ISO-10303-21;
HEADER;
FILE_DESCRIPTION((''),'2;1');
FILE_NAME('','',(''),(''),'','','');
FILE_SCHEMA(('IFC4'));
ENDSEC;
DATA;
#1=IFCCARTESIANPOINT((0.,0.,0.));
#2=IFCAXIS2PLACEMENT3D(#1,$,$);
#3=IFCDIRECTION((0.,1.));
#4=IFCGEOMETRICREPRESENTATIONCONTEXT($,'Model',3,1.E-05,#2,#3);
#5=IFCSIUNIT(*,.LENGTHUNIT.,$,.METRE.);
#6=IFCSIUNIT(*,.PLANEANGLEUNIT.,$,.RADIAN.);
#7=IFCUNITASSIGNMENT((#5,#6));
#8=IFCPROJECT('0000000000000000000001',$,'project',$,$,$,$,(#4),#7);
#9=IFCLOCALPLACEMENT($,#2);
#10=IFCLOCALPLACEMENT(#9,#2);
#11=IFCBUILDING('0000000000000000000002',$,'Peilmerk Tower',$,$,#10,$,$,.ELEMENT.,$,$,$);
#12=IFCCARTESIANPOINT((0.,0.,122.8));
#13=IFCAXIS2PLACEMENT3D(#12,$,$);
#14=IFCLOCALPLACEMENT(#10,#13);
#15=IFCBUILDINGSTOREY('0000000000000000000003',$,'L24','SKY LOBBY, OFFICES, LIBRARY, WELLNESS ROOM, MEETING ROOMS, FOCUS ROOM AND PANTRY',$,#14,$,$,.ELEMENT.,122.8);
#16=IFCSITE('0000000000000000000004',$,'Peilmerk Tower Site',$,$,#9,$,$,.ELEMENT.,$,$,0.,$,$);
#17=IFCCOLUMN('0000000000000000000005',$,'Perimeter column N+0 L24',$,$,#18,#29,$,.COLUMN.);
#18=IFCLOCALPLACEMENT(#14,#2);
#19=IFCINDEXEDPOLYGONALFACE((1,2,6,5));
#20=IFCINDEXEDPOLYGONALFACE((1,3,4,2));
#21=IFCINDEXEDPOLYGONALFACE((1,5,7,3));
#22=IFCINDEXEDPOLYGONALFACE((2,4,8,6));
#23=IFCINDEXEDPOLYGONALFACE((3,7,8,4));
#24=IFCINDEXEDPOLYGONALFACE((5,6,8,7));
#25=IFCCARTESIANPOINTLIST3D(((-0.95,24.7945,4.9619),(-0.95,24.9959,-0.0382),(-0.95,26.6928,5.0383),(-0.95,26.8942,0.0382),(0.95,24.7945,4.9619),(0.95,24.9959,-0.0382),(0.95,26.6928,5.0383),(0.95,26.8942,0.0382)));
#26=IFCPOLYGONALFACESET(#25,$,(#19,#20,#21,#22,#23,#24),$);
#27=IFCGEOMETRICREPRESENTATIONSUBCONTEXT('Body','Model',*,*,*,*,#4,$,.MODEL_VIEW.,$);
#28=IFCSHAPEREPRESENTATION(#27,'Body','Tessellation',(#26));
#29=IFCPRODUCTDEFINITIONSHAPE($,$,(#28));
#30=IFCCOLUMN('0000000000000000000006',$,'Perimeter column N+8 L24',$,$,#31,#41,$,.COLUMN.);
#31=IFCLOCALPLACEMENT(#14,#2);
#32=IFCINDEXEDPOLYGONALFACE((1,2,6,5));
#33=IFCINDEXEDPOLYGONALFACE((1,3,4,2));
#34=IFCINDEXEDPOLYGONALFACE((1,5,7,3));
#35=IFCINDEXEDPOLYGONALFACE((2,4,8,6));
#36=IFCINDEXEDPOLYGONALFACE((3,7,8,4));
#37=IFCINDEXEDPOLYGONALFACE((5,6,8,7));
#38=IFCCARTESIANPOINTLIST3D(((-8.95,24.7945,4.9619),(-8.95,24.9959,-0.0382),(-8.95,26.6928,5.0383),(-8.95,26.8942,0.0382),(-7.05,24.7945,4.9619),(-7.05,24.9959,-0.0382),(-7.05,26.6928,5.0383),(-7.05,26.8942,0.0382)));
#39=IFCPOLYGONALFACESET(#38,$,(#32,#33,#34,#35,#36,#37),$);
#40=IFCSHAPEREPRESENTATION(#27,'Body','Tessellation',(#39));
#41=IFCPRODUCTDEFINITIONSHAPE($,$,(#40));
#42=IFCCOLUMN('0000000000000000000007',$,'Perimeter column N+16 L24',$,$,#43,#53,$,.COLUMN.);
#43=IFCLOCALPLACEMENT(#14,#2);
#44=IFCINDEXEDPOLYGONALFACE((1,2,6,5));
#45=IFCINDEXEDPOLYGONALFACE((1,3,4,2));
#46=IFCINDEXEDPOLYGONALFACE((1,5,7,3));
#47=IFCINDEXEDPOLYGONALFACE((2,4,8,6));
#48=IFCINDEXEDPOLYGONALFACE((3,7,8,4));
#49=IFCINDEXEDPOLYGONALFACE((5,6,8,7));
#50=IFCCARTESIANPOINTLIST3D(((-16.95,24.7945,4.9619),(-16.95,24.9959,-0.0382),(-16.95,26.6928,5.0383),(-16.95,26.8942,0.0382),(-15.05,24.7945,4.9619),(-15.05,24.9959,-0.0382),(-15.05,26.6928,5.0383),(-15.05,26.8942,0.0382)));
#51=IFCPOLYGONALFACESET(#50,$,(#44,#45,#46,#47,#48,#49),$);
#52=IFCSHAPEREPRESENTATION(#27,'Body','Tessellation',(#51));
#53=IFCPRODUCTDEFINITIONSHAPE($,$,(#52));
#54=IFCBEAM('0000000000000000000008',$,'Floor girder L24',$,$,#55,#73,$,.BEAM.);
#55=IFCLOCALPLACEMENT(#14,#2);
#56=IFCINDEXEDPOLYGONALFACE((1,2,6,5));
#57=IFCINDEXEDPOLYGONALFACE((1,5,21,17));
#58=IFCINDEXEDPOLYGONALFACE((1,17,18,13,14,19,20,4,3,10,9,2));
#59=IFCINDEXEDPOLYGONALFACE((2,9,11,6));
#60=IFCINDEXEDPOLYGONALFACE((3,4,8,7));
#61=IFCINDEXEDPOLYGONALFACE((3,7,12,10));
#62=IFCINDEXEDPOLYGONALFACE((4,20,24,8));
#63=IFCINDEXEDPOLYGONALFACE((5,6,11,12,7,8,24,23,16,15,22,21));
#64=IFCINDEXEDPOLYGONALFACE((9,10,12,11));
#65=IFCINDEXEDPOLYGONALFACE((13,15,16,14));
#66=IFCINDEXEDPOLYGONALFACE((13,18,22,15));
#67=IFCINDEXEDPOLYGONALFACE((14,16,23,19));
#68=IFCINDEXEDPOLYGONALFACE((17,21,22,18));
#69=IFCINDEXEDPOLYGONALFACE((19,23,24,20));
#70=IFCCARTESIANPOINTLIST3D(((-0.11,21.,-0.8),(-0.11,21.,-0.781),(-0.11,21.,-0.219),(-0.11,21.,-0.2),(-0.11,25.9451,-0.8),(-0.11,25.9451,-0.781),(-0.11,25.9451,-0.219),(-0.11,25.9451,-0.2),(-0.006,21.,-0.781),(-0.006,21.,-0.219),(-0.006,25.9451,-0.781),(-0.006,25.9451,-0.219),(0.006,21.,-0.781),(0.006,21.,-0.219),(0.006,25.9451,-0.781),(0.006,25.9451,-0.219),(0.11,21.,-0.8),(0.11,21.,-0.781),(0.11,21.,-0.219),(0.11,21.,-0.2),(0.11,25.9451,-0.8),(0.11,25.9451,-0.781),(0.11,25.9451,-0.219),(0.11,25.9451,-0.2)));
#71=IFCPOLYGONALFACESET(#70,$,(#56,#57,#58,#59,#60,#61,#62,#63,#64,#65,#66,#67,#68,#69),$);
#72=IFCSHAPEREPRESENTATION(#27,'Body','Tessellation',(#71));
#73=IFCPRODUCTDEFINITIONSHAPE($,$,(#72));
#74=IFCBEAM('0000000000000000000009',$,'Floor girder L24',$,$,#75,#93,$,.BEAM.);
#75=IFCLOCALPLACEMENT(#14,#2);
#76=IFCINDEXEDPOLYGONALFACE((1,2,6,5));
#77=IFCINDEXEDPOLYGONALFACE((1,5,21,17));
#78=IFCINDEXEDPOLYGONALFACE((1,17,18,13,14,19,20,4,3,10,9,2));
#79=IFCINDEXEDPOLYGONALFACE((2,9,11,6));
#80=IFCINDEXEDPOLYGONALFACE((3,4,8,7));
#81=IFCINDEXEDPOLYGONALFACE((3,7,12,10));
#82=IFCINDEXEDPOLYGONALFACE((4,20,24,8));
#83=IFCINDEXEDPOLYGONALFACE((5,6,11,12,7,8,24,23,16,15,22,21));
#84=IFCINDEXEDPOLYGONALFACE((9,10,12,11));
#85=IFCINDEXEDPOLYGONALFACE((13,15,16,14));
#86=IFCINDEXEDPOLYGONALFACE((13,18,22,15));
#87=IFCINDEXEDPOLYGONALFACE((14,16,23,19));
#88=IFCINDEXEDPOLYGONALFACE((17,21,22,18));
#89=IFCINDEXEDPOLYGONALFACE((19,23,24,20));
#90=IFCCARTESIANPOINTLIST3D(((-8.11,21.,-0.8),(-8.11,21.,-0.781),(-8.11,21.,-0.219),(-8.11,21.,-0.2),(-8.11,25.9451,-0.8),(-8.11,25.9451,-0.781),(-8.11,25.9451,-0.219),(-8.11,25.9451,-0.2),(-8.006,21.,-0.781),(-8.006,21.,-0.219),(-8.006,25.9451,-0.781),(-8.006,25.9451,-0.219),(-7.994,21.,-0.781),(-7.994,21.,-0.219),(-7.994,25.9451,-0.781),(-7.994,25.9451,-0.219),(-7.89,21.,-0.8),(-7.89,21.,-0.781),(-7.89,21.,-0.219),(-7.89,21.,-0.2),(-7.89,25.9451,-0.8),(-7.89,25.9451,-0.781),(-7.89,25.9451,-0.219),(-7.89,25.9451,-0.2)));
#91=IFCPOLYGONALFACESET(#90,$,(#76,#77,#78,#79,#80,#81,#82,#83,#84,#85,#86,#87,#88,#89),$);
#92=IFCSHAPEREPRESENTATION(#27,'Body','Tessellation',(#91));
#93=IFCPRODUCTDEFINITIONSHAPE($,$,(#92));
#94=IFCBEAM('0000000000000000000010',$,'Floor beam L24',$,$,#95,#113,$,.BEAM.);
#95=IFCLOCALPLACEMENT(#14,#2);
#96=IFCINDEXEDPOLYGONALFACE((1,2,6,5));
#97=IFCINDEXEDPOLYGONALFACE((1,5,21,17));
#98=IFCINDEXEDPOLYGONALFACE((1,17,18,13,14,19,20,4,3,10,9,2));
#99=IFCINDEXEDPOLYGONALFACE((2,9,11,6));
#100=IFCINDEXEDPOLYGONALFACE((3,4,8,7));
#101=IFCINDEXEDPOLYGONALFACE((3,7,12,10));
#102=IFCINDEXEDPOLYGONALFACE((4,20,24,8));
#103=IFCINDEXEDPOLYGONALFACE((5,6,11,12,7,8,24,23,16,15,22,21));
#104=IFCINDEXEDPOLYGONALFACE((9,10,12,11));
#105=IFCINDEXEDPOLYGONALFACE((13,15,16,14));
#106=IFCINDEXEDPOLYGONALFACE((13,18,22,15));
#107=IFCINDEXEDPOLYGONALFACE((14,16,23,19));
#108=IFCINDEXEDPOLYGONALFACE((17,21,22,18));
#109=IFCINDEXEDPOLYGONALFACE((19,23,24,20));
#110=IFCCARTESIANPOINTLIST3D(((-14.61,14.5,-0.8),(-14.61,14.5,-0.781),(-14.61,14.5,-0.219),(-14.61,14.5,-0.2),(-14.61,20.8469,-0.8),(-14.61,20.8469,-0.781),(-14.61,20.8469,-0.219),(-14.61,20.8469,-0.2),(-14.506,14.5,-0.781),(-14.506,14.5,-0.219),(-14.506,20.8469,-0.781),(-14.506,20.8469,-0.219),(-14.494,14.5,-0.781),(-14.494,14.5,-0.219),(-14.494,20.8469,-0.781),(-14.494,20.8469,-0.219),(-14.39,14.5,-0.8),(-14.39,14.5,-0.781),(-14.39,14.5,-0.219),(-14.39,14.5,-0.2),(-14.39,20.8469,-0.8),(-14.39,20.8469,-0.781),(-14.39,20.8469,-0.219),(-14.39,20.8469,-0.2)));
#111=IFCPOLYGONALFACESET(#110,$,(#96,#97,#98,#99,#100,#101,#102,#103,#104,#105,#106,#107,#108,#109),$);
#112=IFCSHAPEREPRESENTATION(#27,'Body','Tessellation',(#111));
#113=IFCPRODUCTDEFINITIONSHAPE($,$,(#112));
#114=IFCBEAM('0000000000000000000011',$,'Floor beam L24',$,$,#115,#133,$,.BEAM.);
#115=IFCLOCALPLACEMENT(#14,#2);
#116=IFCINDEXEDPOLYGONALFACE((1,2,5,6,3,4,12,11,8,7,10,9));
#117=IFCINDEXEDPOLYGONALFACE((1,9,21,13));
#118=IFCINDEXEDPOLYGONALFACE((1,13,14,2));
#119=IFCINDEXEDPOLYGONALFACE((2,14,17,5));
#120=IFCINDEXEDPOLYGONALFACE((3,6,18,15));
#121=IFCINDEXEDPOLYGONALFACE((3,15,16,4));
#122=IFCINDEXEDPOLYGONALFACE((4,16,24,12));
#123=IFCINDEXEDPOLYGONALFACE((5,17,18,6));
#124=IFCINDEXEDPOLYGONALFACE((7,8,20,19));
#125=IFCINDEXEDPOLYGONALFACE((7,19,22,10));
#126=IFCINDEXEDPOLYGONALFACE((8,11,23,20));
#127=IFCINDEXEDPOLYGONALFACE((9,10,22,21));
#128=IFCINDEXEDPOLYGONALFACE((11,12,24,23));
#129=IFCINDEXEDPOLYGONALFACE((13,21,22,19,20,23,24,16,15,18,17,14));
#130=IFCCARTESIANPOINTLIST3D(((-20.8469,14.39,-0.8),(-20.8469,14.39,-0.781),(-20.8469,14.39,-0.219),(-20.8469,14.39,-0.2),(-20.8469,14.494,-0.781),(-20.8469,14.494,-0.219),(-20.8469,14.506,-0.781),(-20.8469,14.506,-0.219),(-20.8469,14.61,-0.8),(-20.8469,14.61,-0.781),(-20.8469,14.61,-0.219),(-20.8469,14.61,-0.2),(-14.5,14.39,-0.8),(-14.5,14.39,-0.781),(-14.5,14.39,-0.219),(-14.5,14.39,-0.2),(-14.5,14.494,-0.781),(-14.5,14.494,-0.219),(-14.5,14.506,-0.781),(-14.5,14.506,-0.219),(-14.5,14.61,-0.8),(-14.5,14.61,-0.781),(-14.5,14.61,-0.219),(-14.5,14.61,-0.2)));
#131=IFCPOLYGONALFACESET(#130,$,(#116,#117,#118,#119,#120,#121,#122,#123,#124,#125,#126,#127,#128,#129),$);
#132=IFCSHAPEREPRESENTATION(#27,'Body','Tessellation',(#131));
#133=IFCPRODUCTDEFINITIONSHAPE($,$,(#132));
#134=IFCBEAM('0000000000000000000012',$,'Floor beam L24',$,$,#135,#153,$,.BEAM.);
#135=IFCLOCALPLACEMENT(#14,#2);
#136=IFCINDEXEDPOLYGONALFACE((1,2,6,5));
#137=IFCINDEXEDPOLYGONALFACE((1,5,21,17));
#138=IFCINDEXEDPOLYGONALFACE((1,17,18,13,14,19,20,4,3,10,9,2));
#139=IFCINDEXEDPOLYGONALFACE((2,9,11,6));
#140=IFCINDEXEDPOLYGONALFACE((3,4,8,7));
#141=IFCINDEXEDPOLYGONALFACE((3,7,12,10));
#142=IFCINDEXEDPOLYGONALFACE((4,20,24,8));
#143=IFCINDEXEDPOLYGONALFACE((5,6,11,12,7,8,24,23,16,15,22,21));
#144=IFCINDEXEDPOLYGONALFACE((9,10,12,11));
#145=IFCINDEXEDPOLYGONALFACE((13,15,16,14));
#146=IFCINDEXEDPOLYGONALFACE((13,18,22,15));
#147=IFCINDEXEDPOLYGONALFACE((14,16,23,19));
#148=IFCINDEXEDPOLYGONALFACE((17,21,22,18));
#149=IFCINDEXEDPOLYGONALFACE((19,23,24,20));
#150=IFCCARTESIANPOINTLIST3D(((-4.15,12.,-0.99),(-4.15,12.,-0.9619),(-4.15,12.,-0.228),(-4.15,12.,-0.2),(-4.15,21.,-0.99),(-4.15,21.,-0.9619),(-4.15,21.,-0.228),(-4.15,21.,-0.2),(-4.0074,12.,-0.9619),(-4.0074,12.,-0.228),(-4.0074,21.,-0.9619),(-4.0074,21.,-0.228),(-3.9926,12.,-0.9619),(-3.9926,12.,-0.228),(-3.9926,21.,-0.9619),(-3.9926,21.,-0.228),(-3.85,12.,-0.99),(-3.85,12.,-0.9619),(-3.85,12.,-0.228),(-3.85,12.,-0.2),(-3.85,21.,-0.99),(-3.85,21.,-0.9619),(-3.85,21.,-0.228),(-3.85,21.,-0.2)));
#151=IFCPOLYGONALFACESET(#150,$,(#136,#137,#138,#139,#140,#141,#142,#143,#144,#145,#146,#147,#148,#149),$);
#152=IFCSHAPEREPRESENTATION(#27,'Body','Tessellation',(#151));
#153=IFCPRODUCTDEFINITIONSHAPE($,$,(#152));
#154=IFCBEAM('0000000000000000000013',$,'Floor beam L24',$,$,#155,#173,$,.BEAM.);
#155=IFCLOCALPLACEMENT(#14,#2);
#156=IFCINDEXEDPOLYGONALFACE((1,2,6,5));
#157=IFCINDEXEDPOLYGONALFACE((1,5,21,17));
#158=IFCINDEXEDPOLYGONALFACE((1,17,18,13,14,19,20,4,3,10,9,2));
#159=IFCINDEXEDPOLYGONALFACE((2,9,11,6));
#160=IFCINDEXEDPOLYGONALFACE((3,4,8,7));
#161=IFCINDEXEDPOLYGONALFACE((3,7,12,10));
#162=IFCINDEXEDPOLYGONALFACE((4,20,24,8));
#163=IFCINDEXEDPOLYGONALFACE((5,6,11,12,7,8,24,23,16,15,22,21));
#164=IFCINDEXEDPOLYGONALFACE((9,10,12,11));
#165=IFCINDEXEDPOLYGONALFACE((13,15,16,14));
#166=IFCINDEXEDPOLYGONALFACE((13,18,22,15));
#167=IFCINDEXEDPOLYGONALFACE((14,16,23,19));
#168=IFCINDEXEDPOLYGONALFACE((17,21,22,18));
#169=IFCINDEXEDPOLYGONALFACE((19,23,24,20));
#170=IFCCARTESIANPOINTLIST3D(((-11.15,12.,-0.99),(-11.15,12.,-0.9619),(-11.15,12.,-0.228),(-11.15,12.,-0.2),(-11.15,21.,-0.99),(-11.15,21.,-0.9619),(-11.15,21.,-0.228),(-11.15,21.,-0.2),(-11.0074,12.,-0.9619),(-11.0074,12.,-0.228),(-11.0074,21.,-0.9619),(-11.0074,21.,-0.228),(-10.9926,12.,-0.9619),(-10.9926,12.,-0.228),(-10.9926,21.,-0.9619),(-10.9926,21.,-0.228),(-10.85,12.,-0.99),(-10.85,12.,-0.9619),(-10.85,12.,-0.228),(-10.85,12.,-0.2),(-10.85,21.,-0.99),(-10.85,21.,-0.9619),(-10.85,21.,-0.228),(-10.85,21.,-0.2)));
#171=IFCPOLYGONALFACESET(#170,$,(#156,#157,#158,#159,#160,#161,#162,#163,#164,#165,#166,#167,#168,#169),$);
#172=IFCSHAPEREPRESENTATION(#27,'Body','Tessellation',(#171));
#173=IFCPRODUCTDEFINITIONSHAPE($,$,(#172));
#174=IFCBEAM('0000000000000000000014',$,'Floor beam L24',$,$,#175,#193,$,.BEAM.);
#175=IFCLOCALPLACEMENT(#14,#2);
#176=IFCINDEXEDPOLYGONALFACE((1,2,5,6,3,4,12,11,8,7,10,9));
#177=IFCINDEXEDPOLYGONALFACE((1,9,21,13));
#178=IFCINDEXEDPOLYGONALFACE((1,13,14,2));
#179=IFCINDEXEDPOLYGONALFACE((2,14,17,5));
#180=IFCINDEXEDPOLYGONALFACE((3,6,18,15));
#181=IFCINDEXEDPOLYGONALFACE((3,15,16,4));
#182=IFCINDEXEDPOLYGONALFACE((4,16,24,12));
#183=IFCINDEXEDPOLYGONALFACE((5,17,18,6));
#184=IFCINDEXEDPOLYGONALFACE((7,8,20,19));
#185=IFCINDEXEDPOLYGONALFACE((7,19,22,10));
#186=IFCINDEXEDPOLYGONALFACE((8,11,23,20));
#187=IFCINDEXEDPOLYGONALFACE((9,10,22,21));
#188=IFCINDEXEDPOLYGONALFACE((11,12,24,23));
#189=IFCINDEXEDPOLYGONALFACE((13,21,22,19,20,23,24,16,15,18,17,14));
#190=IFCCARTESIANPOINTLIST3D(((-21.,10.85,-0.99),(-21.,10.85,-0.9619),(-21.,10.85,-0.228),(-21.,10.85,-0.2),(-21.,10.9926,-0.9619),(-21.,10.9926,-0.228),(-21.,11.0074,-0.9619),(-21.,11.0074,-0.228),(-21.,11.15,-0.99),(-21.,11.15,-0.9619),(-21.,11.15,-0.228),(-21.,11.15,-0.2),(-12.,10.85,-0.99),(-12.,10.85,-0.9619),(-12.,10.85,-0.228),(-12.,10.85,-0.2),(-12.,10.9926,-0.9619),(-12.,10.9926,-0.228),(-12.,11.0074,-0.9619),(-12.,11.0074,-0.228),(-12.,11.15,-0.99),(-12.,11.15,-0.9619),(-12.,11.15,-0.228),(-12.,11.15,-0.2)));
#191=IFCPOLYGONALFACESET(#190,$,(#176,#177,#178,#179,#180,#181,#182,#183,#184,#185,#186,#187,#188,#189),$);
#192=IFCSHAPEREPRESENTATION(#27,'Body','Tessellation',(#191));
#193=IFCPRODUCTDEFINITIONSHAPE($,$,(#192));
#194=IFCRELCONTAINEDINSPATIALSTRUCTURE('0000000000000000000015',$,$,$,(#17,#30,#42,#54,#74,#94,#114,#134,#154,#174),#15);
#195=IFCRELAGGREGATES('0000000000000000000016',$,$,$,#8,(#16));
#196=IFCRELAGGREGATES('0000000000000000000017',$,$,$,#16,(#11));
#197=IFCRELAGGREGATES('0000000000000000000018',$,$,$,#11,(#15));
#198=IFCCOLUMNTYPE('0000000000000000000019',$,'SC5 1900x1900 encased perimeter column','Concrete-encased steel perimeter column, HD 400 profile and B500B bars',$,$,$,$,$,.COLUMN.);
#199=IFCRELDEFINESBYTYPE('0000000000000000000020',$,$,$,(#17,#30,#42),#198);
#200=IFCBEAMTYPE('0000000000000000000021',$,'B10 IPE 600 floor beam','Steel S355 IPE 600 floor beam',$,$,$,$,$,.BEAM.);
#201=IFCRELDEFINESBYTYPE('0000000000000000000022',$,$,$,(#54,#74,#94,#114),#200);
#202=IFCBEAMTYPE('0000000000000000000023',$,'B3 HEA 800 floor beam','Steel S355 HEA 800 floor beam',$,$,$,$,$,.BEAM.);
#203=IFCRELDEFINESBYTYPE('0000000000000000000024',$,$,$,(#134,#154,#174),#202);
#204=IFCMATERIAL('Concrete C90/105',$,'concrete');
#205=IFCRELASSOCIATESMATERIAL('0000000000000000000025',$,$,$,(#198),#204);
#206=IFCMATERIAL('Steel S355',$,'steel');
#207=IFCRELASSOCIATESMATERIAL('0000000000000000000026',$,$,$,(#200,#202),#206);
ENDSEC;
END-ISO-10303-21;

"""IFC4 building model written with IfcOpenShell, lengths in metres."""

from ifc_helpers import new_model, si_unit, direction, frame, origin, origin_2d, place, context, subcontext, project, spatial, rectangle, i_section, extrude, material, material_profile, profile_set, type_object, element, save


model = new_model("IFC4")

# Units and contexts
model_context = context("Model", 3, precision=1e-05, world=origin(), true_north=direction((0.0, 1.0)))
body_context = subcontext(model_context, "Body", "Model", "MODEL_VIEW")
ifc_project = project(units=[si_unit("LENGTHUNIT", "METRE"), si_unit("PLANEANGLEUNIT", "RADIAN")], contexts=[model_context])

# Site, building, storey
site_placement = place(None, origin())
site = spatial("IfcSite", under=ifc_project, at=site_placement, Name="Peilmerk Tower Site", CompositionType="ELEMENT", RefElevation=0.0)
building_placement = place(site_placement, origin())
building = spatial("IfcBuilding", under=site, at=building_placement, Name="Peilmerk Tower", CompositionType="ELEMENT")
storey_placement = place(building_placement, frame((0.0, 0.0, 122.8)))
storey = spatial("IfcBuildingStorey", under=building, at=storey_placement, Name="L24", Description="SKY LOBBY, OFFICES, LIBRARY, WELLNESS ROOM, MEETING ROOMS, FOCUS ROOM AND PANTRY", CompositionType="ELEMENT", Elevation=122.8)

# Columns
ifc_material_1 = material(Name="Concrete C90/105", Category="concrete")
ifc_material_profile_1 = material_profile(ifc_material_1, rectangle(XDim=1.8999, YDim=1.8999, at=origin_2d()), Name="RC 1900x1900")
ifc_profile_set_1 = profile_set([ifc_material_profile_1], Name="Concrete C90/105")
column_type = type_object("IfcColumnType", Name="SC5 1900x1900 encased perimeter column", Description="Concrete-encased steel perimeter column, HD 400 profile and B500B bars", PredefinedType="COLUMN", material=ifc_profile_set_1)
for number, where, z_axis, x_axis, name in (
    (1, (0.0, 25.9451, 0.0), (0.0, -0.040251, 0.99919), (1.0, 0.0, 0.0), "Perimeter column N+0 L24"),
    (2, (-8.0, 25.9451, 0.0), (0.0, -0.040251, 0.99919), (1.0, 0.0, 0.0), "Perimeter column N+8 L24"),
    (3, (-16.0, 25.9451, 0.0), (0.0, -0.040251, 0.99919), (1.0, 0.0, 0.0), "Perimeter column N+16 L24"),
):
    element("IfcColumn", number, at=place(storey_placement, frame(where, z_axis=z_axis, x_axis=x_axis)), inside=storey, type_object=column_type, Name=name, PredefinedType="COLUMN", context=body_context, shape_type="SweptSolid", body=[
        extrude(rectangle(XDim=1.8999, YDim=1.8999, at=origin_2d()), origin(), (0.0, 0.0, 1.0), 5.0042),
    ])

# Beams
ifc_material_2 = material(Name="Steel S355", Category="steel")
ifc_material_profile_2 = material_profile(ifc_material_2, i_section(OverallWidth=0.22, OverallDepth=0.6001, WebThickness=0.012, FlangeThickness=0.019, at=origin_2d()), Name="IPE 600")
ifc_profile_set_2 = profile_set([ifc_material_profile_2], Name="Steel S355")
beam_type_1 = type_object("IfcBeamType", Name="B10 IPE 600 floor beam", Description="Steel S355 IPE 600 floor beam", PredefinedType="BEAM", material=ifc_profile_set_2)
for number, where, z_axis, x_axis, name in (
    (4, (0.0, 21.0, -0.5), (0.0, 1.0, 0.0), (-1.0, 0.0, 0.0), "Floor girder L24"),
    (5, (-8.0, 21.0, -0.5), (0.0, 1.0, 0.0), (-1.0, 0.0, 0.0), "Floor girder L24"),
):
    element("IfcBeam", number, at=place(storey_placement, frame(where, z_axis=z_axis, x_axis=x_axis)), inside=storey, type_object=beam_type_1, Name=name, PredefinedType="BEAM", context=body_context, shape_type="SweptSolid", body=[
        extrude(i_section(OverallWidth=0.22, OverallDepth=0.6001, WebThickness=0.012, FlangeThickness=0.019, at=origin_2d()), origin(), (0.0, 0.0, 1.0), 4.9451),
    ])
for number, where, z_axis, x_axis, name in (
    (6, (-14.5, 14.5, -0.5), (0.0, 1.0, 0.0), (-1.0, 0.0, 0.0), "Floor beam L24"),
    (7, (-14.5, 14.5, -0.5), (-1.0, 0.0, 0.0), (0.0, -1.0, 0.0), "Floor beam L24"),
):
    element("IfcBeam", number, at=place(storey_placement, frame(where, z_axis=z_axis, x_axis=x_axis)), inside=storey, type_object=beam_type_1, Name=name, PredefinedType="BEAM", context=body_context, shape_type="SweptSolid", body=[
        extrude(i_section(OverallWidth=0.22, OverallDepth=0.6001, WebThickness=0.012, FlangeThickness=0.019, at=origin_2d()), origin(), (0.0, 0.0, 1.0), 6.3469),
    ])
ifc_material_profile_3 = material_profile(ifc_material_2, i_section(OverallWidth=0.3, OverallDepth=0.79, WebThickness=0.0149, FlangeThickness=0.0281, at=origin_2d()), Name="HEA 800")
ifc_profile_set_3 = profile_set([ifc_material_profile_3], Name="Steel S355")
beam_type_2 = type_object("IfcBeamType", Name="B3 HEA 800 floor beam", Description="Steel S355 HEA 800 floor beam", PredefinedType="BEAM", material=ifc_profile_set_3)
for number, where, z_axis, x_axis, name in (
    (8, (-4.0, 12.0, -0.595), (0.0, 1.0, 0.0), (-1.0, 0.0, 0.0), "Floor beam L24"),
    (9, (-11.0, 12.0, -0.595), (0.0, 1.0, 0.0), (-1.0, 0.0, 0.0), "Floor beam L24"),
    (10, (-12.0, 11.0, -0.595), (-1.0, 0.0, 0.0), (0.0, -1.0, 0.0), "Floor beam L24"),
):
    element("IfcBeam", number, at=place(storey_placement, frame(where, z_axis=z_axis, x_axis=x_axis)), inside=storey, type_object=beam_type_2, Name=name, PredefinedType="BEAM", context=body_context, shape_type="SweptSolid", body=[
        extrude(i_section(OverallWidth=0.3, OverallDepth=0.79, WebThickness=0.0149, FlangeThickness=0.0281, at=origin_2d()), origin(), (0.0, 0.0, 1.0), 9.0),
    ])

save(model, "model.ifc")
